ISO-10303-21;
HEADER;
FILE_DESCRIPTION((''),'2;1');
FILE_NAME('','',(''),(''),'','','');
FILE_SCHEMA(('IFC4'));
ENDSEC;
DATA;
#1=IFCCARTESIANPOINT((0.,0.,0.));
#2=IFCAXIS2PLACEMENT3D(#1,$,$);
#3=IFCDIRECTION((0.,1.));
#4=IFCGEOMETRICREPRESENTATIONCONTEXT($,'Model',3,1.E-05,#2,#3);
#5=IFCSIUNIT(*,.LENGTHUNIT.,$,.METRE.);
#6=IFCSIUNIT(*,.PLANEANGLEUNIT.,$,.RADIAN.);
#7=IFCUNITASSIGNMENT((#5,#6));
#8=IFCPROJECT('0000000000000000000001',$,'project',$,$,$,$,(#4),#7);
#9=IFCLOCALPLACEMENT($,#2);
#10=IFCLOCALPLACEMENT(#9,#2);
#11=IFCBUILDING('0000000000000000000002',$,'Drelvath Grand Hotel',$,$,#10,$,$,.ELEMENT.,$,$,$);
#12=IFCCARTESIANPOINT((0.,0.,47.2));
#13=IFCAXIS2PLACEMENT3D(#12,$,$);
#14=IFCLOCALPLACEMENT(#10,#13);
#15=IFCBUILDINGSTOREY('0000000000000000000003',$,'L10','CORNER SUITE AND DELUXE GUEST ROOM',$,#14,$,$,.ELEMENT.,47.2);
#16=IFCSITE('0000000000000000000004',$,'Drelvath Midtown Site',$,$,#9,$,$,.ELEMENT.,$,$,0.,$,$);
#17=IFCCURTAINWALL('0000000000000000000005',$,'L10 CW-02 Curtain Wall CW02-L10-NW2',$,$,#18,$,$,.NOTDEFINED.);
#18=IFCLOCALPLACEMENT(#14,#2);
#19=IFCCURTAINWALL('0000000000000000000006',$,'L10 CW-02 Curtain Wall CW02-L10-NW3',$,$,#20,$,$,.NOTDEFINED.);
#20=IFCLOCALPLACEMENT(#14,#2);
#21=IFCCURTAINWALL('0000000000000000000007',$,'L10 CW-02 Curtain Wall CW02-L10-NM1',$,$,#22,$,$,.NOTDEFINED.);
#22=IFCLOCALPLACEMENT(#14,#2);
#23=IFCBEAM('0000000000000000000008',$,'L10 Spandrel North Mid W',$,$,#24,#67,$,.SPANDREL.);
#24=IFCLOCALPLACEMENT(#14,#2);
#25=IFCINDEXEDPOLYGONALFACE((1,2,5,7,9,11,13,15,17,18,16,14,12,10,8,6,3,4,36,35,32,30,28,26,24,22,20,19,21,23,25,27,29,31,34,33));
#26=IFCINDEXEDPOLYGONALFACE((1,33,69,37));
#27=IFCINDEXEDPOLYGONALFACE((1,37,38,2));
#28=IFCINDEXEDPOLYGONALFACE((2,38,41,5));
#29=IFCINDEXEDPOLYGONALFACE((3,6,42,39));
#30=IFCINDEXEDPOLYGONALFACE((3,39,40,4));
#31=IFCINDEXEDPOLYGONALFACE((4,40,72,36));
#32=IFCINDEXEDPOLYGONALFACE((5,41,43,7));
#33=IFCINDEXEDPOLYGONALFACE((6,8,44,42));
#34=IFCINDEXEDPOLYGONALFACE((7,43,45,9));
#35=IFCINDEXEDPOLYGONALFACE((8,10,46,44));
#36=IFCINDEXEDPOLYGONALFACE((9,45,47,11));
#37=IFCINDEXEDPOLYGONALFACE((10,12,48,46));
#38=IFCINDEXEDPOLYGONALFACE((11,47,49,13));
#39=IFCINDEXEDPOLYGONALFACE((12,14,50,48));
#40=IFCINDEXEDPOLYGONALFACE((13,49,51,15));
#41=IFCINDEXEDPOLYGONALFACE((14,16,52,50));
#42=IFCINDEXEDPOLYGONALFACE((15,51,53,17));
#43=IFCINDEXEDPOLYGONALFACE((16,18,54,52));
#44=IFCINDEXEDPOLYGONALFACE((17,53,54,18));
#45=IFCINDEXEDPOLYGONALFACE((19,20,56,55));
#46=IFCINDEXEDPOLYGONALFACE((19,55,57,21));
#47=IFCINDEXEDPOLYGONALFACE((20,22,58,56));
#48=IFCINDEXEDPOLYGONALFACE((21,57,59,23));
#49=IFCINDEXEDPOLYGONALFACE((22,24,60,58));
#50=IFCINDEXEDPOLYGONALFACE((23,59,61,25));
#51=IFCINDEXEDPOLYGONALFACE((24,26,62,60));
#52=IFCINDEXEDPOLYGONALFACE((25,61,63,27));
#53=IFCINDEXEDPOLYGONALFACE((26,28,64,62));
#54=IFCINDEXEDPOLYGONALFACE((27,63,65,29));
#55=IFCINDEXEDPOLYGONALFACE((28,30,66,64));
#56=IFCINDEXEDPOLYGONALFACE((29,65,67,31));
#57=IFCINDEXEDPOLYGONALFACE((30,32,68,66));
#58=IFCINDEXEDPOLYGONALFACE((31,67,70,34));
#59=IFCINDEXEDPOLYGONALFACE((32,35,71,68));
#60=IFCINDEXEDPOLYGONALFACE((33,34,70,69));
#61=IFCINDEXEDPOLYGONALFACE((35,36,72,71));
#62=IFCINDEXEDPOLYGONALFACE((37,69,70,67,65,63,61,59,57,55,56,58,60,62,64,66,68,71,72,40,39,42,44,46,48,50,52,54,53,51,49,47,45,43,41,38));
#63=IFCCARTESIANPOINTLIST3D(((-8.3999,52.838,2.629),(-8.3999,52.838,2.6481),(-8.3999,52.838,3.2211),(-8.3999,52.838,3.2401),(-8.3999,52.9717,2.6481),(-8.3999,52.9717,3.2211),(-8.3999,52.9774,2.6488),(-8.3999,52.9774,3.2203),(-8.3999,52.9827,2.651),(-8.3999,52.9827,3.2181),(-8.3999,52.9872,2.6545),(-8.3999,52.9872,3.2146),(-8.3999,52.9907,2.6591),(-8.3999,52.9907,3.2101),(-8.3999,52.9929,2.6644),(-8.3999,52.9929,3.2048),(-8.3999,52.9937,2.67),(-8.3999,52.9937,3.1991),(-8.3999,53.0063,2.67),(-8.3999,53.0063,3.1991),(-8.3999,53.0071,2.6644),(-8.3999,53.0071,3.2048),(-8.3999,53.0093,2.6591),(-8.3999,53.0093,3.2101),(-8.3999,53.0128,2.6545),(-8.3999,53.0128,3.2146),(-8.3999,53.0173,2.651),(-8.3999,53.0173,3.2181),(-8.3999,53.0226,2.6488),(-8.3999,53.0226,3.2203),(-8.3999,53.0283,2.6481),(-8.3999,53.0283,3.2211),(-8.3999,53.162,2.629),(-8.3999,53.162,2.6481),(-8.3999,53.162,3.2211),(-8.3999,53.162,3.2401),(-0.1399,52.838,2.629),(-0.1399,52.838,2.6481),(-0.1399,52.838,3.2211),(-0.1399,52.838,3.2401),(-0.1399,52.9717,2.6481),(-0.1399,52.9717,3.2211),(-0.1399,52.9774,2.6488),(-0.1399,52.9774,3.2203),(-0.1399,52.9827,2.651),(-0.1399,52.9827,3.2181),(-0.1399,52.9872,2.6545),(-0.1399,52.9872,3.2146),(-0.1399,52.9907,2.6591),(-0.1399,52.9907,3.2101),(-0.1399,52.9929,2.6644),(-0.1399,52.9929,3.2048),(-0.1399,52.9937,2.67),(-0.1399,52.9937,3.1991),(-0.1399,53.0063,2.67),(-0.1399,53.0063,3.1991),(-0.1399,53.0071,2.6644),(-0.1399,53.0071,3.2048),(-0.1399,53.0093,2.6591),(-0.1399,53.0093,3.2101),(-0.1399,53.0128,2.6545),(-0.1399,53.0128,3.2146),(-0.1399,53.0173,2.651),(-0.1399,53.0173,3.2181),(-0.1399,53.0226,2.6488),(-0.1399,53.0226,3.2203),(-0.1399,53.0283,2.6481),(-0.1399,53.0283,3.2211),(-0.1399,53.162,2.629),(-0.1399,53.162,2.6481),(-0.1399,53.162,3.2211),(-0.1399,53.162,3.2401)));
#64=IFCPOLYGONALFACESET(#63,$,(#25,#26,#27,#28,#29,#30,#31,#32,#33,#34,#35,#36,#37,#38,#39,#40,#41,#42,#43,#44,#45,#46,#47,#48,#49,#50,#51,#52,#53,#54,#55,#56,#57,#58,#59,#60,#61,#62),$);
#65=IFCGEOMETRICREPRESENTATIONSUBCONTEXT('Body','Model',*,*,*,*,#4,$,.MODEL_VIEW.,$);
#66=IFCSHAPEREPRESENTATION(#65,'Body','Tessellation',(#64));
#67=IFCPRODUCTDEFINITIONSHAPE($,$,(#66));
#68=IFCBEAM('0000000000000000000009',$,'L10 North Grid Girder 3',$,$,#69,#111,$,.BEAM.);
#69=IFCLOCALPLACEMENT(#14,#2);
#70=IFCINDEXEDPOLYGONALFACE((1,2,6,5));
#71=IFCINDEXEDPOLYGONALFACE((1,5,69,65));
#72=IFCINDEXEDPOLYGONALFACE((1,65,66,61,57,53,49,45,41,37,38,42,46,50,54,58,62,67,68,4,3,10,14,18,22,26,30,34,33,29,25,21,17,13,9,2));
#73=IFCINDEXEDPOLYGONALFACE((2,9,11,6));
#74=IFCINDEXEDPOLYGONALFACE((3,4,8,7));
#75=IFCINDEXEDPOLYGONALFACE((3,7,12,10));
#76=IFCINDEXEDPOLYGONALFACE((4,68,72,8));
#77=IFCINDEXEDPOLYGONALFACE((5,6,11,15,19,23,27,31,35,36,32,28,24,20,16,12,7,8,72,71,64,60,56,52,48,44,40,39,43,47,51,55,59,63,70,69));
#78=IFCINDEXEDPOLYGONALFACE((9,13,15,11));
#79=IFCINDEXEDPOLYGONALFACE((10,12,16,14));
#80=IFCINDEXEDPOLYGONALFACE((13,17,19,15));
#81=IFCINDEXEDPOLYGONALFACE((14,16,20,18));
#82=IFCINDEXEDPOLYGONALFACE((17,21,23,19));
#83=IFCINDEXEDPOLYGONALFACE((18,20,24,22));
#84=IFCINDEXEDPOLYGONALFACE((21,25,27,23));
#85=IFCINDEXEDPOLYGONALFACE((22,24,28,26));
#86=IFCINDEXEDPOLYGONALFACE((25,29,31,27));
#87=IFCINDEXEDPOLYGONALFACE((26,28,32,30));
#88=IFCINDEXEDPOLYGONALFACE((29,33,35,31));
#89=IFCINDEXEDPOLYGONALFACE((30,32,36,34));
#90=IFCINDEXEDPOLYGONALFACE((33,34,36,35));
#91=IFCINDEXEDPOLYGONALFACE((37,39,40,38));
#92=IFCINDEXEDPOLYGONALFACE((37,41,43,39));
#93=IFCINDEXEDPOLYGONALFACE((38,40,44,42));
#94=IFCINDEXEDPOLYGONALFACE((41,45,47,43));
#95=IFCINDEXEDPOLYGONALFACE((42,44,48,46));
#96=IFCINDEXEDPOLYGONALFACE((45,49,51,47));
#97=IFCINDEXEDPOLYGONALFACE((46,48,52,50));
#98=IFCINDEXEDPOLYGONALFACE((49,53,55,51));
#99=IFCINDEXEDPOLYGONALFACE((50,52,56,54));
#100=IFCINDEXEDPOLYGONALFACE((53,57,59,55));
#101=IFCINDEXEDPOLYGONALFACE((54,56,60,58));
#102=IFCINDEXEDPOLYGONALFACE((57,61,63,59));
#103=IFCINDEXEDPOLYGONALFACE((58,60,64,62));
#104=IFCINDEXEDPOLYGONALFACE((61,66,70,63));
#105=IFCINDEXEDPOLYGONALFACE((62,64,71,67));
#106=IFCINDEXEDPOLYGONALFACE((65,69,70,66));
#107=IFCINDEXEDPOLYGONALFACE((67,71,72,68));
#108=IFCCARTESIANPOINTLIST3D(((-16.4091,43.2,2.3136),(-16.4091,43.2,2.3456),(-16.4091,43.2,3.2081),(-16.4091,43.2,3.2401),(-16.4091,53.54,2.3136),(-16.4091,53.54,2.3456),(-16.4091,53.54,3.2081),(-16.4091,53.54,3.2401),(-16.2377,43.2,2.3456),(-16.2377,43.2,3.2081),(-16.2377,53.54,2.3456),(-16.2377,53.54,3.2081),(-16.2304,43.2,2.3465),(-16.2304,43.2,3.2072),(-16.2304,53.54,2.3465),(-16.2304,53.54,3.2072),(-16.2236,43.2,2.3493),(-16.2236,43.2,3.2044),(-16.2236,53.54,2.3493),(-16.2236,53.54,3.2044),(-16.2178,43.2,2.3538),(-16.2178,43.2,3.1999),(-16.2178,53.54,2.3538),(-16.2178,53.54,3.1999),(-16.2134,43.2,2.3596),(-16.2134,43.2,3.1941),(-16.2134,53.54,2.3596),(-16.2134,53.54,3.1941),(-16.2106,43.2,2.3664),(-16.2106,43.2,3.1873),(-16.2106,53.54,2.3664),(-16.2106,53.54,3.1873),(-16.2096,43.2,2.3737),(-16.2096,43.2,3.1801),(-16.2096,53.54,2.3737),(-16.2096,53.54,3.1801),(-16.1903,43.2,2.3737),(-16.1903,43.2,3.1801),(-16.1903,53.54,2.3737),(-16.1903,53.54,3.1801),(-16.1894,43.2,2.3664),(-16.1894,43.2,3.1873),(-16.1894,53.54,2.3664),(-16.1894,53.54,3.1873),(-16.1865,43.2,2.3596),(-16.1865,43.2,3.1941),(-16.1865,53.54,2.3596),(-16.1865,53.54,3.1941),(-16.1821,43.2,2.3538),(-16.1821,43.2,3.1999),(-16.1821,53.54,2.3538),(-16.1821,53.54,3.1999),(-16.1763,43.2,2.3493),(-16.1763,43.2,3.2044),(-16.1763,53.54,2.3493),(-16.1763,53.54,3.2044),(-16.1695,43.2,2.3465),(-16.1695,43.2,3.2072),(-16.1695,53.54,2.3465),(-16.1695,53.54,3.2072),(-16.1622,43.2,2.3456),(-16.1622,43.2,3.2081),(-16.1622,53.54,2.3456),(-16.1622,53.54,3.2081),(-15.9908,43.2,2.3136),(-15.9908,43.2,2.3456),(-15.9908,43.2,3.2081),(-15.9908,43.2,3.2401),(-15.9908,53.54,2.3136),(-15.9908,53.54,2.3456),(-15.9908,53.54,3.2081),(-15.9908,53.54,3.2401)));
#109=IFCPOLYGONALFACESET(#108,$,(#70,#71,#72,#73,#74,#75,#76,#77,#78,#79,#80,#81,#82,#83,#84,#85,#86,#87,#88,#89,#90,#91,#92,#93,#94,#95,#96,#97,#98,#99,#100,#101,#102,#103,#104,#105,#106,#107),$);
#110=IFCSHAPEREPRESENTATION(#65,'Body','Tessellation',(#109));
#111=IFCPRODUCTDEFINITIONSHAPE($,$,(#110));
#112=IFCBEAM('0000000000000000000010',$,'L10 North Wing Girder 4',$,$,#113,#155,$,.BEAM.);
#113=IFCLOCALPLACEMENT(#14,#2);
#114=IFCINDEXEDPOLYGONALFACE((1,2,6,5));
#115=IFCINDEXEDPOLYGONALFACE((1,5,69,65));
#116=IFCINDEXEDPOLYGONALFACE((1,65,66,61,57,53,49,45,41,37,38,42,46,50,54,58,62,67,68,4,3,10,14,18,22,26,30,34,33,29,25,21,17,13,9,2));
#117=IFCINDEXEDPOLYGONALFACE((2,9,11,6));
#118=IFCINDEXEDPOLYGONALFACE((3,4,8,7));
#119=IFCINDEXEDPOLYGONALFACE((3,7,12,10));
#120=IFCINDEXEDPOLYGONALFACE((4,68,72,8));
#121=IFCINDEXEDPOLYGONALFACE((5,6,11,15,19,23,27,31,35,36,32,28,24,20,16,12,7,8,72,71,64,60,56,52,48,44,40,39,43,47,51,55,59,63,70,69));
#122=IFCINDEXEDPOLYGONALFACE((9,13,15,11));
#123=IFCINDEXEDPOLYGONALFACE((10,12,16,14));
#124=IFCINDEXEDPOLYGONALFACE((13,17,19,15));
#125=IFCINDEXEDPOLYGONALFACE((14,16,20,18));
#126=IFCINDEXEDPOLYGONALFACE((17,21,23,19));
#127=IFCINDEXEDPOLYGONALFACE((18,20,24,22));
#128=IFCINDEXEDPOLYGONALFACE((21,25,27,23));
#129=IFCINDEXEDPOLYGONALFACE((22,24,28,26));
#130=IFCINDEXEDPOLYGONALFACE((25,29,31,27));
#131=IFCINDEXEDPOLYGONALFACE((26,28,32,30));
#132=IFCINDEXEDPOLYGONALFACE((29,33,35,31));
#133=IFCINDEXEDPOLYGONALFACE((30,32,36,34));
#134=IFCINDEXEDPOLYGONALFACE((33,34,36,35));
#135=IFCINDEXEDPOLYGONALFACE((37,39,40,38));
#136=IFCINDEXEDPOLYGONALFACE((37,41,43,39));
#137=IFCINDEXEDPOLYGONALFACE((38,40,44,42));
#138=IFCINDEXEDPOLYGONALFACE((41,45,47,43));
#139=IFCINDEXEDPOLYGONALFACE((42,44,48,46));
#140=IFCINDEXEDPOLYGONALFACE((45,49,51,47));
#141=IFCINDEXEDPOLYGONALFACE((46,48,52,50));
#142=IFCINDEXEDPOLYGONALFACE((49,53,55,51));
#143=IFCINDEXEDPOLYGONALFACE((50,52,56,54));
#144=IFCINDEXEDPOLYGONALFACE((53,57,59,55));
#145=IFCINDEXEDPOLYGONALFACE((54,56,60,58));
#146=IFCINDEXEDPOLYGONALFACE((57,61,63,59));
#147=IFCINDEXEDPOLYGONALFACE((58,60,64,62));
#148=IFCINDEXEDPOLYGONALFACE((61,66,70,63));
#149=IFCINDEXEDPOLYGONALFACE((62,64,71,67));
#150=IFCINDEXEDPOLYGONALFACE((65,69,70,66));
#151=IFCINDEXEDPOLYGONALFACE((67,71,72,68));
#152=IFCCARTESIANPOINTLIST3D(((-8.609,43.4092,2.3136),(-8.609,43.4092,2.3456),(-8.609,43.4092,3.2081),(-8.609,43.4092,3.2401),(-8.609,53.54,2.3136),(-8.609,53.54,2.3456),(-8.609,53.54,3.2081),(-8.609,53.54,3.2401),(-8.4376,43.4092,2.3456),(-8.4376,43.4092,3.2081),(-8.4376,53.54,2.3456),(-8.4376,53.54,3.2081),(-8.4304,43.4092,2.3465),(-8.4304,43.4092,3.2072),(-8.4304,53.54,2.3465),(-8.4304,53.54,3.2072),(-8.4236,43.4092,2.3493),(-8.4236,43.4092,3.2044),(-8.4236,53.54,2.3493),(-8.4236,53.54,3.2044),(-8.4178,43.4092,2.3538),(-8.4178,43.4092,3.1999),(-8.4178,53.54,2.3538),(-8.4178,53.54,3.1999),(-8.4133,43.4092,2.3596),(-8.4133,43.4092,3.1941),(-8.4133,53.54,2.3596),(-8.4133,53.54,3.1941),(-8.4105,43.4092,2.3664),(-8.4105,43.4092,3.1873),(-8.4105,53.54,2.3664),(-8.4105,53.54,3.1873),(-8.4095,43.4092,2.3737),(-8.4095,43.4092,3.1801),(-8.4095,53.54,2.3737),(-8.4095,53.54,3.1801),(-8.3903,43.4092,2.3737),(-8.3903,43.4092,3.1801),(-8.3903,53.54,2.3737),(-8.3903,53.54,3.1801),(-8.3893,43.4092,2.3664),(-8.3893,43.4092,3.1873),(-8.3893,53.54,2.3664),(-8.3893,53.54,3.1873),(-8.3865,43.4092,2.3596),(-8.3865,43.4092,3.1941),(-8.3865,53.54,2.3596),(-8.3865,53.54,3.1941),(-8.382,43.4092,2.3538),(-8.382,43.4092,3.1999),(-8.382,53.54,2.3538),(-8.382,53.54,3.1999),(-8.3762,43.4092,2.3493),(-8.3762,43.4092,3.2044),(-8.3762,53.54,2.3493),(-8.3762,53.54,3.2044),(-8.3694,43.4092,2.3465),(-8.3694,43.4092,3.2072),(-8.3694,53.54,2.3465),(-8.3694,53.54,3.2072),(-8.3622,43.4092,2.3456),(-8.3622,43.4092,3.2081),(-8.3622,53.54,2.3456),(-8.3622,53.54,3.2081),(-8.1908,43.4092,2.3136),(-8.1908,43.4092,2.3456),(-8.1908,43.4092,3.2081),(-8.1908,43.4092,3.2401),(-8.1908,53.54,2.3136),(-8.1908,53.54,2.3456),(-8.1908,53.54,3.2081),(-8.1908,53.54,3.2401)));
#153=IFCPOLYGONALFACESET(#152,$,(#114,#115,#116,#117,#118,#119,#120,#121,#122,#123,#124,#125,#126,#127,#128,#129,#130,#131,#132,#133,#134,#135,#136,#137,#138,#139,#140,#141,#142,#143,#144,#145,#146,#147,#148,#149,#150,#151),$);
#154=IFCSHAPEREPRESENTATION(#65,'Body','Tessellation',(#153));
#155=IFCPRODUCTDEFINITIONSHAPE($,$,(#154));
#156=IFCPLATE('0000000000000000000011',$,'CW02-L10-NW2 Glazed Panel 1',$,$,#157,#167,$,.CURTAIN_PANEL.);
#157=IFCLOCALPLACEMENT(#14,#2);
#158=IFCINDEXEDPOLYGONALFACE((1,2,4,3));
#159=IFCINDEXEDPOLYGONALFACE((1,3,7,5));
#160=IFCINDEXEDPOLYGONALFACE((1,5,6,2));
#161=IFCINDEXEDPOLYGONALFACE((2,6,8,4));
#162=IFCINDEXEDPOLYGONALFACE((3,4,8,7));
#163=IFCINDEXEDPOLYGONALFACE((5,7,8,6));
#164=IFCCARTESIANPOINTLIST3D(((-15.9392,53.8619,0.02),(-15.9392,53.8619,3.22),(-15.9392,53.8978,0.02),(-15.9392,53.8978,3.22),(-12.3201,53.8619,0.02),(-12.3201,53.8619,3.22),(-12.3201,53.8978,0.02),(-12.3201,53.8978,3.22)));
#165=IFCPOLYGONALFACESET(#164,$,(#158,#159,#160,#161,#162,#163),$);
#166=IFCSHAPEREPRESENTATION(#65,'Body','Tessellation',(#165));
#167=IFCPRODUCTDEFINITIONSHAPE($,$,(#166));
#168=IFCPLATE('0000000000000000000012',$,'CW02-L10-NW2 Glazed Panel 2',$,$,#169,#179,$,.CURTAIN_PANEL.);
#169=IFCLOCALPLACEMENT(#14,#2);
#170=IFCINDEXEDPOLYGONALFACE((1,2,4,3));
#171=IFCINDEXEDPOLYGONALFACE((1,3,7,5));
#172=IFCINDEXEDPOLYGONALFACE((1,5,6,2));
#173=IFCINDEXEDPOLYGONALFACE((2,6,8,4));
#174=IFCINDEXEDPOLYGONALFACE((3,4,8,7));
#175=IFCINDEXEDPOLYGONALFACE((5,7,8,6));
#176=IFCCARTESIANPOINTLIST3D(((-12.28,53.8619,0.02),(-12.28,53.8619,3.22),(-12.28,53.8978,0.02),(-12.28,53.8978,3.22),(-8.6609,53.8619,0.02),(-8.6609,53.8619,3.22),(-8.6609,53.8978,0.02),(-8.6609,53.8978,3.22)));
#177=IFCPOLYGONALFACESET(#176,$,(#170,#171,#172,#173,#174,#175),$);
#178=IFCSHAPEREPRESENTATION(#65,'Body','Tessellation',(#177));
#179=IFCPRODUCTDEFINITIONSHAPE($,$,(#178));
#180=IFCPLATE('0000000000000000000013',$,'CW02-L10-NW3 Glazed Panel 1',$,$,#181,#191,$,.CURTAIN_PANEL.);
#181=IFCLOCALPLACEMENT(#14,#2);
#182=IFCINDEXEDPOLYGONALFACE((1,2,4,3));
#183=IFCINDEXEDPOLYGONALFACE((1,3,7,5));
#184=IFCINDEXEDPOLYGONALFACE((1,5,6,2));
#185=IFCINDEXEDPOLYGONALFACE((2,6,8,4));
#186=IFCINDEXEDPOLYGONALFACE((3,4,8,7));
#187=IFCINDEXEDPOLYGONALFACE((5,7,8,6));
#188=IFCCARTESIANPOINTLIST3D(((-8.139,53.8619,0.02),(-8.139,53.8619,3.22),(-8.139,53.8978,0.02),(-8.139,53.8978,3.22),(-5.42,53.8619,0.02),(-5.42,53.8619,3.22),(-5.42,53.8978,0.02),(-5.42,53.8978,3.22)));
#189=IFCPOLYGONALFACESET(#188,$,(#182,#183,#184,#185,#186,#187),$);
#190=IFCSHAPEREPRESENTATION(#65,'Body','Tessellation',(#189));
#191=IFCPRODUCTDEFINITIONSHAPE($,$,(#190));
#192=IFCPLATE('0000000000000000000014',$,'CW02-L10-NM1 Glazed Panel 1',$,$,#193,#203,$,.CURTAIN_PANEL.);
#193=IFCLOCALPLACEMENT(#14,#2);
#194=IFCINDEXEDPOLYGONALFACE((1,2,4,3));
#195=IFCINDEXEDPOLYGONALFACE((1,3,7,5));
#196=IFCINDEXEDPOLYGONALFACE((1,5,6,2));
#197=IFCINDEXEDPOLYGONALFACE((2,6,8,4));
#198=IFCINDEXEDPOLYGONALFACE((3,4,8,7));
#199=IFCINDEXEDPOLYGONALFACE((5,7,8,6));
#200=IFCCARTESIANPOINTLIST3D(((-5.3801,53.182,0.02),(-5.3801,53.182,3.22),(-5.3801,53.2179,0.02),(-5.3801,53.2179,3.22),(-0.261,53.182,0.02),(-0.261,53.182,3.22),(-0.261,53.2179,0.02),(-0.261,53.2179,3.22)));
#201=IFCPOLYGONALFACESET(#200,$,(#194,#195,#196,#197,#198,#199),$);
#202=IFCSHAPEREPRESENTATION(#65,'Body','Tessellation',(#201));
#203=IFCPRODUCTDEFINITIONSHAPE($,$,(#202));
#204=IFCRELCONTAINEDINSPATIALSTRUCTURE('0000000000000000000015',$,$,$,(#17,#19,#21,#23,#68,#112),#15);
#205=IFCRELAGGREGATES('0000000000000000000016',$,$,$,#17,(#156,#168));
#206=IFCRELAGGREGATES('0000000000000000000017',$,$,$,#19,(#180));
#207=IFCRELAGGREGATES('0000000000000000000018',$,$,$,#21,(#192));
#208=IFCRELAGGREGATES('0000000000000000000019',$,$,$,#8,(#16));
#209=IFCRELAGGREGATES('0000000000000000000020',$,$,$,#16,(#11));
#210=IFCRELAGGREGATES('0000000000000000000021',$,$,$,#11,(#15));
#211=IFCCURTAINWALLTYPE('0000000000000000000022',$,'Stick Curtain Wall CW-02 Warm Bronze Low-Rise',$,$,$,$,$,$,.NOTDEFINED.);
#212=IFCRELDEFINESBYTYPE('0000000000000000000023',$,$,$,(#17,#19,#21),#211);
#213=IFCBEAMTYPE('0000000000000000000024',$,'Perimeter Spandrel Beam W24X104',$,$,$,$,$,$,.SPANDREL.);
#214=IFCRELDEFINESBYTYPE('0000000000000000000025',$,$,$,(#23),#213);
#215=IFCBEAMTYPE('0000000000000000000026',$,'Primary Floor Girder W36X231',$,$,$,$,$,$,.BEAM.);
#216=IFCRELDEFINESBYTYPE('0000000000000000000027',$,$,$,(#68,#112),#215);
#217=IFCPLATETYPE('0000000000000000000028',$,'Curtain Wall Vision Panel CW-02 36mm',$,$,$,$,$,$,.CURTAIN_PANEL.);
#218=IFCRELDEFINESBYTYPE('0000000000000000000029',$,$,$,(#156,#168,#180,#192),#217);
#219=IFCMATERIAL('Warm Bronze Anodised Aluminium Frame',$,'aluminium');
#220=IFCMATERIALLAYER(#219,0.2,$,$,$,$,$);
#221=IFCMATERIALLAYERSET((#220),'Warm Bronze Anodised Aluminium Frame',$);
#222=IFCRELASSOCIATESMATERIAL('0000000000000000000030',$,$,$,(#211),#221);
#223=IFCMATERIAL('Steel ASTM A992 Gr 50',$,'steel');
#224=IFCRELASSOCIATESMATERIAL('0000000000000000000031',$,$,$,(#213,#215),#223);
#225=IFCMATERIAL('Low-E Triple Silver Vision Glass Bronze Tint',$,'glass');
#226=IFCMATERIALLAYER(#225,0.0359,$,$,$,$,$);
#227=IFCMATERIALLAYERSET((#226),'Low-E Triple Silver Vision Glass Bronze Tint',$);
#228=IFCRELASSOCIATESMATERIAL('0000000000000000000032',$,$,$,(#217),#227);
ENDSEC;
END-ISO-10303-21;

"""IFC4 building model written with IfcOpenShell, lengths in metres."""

from ifc_helpers import new_model, si_unit, direction, frame, origin, origin_2d, place, context, subcontext, project, spatial, rectangle, i_section, extrude, material, layer, layer_set, material_profile, profile_set, type_object, element, aggregate, save


model = new_model("IFC4")

# Units and contexts
model_context = context("Model", 3, precision=1e-05, world=origin(), true_north=direction((0.0, 1.0)))
body_context = subcontext(model_context, "Body", "Model", "MODEL_VIEW")
ifc_project = project(units=[si_unit("LENGTHUNIT", "METRE"), si_unit("PLANEANGLEUNIT", "RADIAN")], contexts=[model_context])

# Site, building, storey
site_placement = place(None, origin())
site = spatial("IfcSite", under=ifc_project, at=site_placement, Name="Drelvath Midtown Site", CompositionType="ELEMENT", RefElevation=0.0)
building_placement = place(site_placement, origin())
building = spatial("IfcBuilding", under=site, at=building_placement, Name="Drelvath Grand Hotel", CompositionType="ELEMENT")
storey_placement = place(building_placement, frame((0.0, 0.0, 47.2)))
storey = spatial("IfcBuildingStorey", under=building, at=storey_placement, Name="L10", Description="CORNER SUITE AND DELUXE GUEST ROOM", CompositionType="ELEMENT", Elevation=47.2)

# Curtain walls
ifc_material_1 = material(Name="Warm Bronze Anodised Aluminium Frame", Category="aluminium")
ifc_layer_1 = layer(ifc_material_1, 0.2)
ifc_layer_set_1 = layer_set([ifc_layer_1], Name="Warm Bronze Anodised Aluminium Frame")
curtain_wall_type = type_object("IfcCurtainWallType", Name="Stick Curtain Wall CW-02 Warm Bronze Low-Rise", PredefinedType="NOTDEFINED", material=ifc_layer_set_1)
curtain_wall_1_placement = place(storey_placement, origin())
curtain_wall_1 = element("IfcCurtainWall", 1, at=curtain_wall_1_placement, inside=storey, type_object=curtain_wall_type, Name="L10 CW-02 Curtain Wall CW02-L10-NW2", PredefinedType="NOTDEFINED")
curtain_wall_2_placement = place(storey_placement, origin())
curtain_wall_2 = element("IfcCurtainWall", 2, at=curtain_wall_2_placement, inside=storey, type_object=curtain_wall_type, Name="L10 CW-02 Curtain Wall CW02-L10-NW3", PredefinedType="NOTDEFINED")
curtain_wall_3_placement = place(storey_placement, origin())
curtain_wall_3 = element("IfcCurtainWall", 3, at=curtain_wall_3_placement, inside=storey, type_object=curtain_wall_type, Name="L10 CW-02 Curtain Wall CW02-L10-NM1", PredefinedType="NOTDEFINED")

# Beams
ifc_material_2 = material(Name="Steel ASTM A992 Gr 50", Category="steel")
ifc_material_profile_1 = material_profile(ifc_material_2, i_section(OverallWidth=0.324, OverallDepth=0.6111, WebThickness=0.0127, FlangeThickness=0.019, FilletRadius=0.022, at=origin_2d()), Name="W24X104")
ifc_profile_set_1 = profile_set([ifc_material_profile_1], Name="Steel ASTM A992 Gr 50")
beam_type_1 = type_object("IfcBeamType", Name="Perimeter Spandrel Beam W24X104", PredefinedType="SPANDREL", material=ifc_profile_set_1)
beam_1_placement = place(storey_placement, frame((-8.3999, 53.0, 2.9346), z_axis=(1.0, 0.0, 0.0), x_axis=(0.0, 1.0, 0.0)))
element("IfcBeam", 4, at=beam_1_placement, inside=storey, type_object=beam_type_1, Name="L10 Spandrel North Mid W", PredefinedType="SPANDREL", context=body_context, shape_type="SweptSolid", body=[
    extrude(i_section(OverallWidth=0.324, OverallDepth=0.6111, WebThickness=0.0127, FlangeThickness=0.019, FilletRadius=0.022, at=origin_2d()), origin(), (0.0, 0.0, 1.0), 8.26),
])
ifc_material_profile_2 = material_profile(ifc_material_2, i_section(OverallWidth=0.4182, OverallDepth=0.9265, WebThickness=0.0193, FlangeThickness=0.032, FilletRadius=0.0281, at=origin_2d()), Name="W36X231")
ifc_profile_set_2 = profile_set([ifc_material_profile_2], Name="Steel ASTM A992 Gr 50")
beam_type_2 = type_object("IfcBeamType", Name="Primary Floor Girder W36X231", PredefinedType="BEAM", material=ifc_profile_set_2)
beam_2_placement = place(storey_placement, frame((-16.2, 43.2, 2.7769), z_axis=(0.0, 1.0, 0.0), x_axis=(-1.0, 0.0, 0.0)))
element("IfcBeam", 5, at=beam_2_placement, inside=storey, type_object=beam_type_2, Name="L10 North Grid Girder 3", PredefinedType="BEAM", context=body_context, shape_type="SweptSolid", body=[
    extrude(i_section(OverallWidth=0.4182, OverallDepth=0.9265, WebThickness=0.0193, FlangeThickness=0.032, FilletRadius=0.0281, at=origin_2d()), origin(), (0.0, 0.0, 1.0), 10.3401),
])
beam_3_placement = place(storey_placement, frame((-8.3999, 43.4092, 2.7769), z_axis=(0.0, 1.0, 0.0), x_axis=(-1.0, 0.0, 0.0)))
element("IfcBeam", 6, at=beam_3_placement, inside=storey, type_object=beam_type_2, Name="L10 North Wing Girder 4", PredefinedType="BEAM", context=body_context, shape_type="SweptSolid", body=[
    extrude(i_section(OverallWidth=0.4182, OverallDepth=0.9265, WebThickness=0.0193, FlangeThickness=0.032, FilletRadius=0.0281, at=origin_2d()), origin(), (0.0, 0.0, 1.0), 10.1309),
])

# Plates
ifc_material_3 = material(Name="Low-E Triple Silver Vision Glass Bronze Tint", Category="glass")
ifc_layer_2 = layer(ifc_material_3, 0.0359)
ifc_layer_set_2 = layer_set([ifc_layer_2], Name="Low-E Triple Silver Vision Glass Bronze Tint")
plate_type = type_object("IfcPlateType", Name="Curtain Wall Vision Panel CW-02 36mm", PredefinedType="CURTAIN_PANEL", material=ifc_layer_set_2)
plate_1_placement = place(storey_placement, frame((-14.1296, 53.8799, 0.02), z_axis=(0.0, 0.0, 1.0), x_axis=(1.0, 0.0, 0.0)))
plate_1 = element("IfcPlate", 7, at=plate_1_placement, type_object=plate_type, Name="CW02-L10-NW2 Glazed Panel 1", PredefinedType="CURTAIN_PANEL", context=body_context, shape_type="SweptSolid", body=[
    extrude(rectangle(XDim=3.6191, YDim=0.0359, at=origin_2d()), origin(), (0.0, 0.0, 1.0), 3.2),
])
plate_2_placement = place(storey_placement, frame((-10.4705, 53.8799, 0.02), z_axis=(0.0, 0.0, 1.0), x_axis=(1.0, 0.0, 0.0)))
plate_2 = element("IfcPlate", 8, at=plate_2_placement, type_object=plate_type, Name="CW02-L10-NW2 Glazed Panel 2", PredefinedType="CURTAIN_PANEL", context=body_context, shape_type="SweptSolid", body=[
    extrude(rectangle(XDim=3.6191, YDim=0.0359, at=origin_2d()), origin(), (0.0, 0.0, 1.0), 3.2),
])
aggregate(curtain_wall_1, [plate_1, plate_2])
plate_3_placement = place(storey_placement, frame((-6.7795, 53.8799, 0.02), z_axis=(0.0, 0.0, 1.0), x_axis=(1.0, 0.0, 0.0)))
plate_3 = element("IfcPlate", 9, at=plate_3_placement, type_object=plate_type, Name="CW02-L10-NW3 Glazed Panel 1", PredefinedType="CURTAIN_PANEL", context=body_context, shape_type="SweptSolid", body=[
    extrude(rectangle(XDim=2.719, YDim=0.0359, at=origin_2d()), origin(), (0.0, 0.0, 1.0), 3.2),
])
aggregate(curtain_wall_2, [plate_3])
plate_4_placement = place(storey_placement, frame((-2.8206, 53.2, 0.02), z_axis=(0.0, 0.0, 1.0), x_axis=(1.0, 0.0, 0.0)))
plate_4 = element("IfcPlate", 10, at=plate_4_placement, type_object=plate_type, Name="CW02-L10-NM1 Glazed Panel 1", PredefinedType="CURTAIN_PANEL", context=body_context, shape_type="SweptSolid", body=[
    extrude(rectangle(XDim=5.1191, YDim=0.0359, at=origin_2d()), origin(), (0.0, 0.0, 1.0), 3.2),
])
aggregate(curtain_wall_3, [plate_4])

save(model, "model.ifc")
